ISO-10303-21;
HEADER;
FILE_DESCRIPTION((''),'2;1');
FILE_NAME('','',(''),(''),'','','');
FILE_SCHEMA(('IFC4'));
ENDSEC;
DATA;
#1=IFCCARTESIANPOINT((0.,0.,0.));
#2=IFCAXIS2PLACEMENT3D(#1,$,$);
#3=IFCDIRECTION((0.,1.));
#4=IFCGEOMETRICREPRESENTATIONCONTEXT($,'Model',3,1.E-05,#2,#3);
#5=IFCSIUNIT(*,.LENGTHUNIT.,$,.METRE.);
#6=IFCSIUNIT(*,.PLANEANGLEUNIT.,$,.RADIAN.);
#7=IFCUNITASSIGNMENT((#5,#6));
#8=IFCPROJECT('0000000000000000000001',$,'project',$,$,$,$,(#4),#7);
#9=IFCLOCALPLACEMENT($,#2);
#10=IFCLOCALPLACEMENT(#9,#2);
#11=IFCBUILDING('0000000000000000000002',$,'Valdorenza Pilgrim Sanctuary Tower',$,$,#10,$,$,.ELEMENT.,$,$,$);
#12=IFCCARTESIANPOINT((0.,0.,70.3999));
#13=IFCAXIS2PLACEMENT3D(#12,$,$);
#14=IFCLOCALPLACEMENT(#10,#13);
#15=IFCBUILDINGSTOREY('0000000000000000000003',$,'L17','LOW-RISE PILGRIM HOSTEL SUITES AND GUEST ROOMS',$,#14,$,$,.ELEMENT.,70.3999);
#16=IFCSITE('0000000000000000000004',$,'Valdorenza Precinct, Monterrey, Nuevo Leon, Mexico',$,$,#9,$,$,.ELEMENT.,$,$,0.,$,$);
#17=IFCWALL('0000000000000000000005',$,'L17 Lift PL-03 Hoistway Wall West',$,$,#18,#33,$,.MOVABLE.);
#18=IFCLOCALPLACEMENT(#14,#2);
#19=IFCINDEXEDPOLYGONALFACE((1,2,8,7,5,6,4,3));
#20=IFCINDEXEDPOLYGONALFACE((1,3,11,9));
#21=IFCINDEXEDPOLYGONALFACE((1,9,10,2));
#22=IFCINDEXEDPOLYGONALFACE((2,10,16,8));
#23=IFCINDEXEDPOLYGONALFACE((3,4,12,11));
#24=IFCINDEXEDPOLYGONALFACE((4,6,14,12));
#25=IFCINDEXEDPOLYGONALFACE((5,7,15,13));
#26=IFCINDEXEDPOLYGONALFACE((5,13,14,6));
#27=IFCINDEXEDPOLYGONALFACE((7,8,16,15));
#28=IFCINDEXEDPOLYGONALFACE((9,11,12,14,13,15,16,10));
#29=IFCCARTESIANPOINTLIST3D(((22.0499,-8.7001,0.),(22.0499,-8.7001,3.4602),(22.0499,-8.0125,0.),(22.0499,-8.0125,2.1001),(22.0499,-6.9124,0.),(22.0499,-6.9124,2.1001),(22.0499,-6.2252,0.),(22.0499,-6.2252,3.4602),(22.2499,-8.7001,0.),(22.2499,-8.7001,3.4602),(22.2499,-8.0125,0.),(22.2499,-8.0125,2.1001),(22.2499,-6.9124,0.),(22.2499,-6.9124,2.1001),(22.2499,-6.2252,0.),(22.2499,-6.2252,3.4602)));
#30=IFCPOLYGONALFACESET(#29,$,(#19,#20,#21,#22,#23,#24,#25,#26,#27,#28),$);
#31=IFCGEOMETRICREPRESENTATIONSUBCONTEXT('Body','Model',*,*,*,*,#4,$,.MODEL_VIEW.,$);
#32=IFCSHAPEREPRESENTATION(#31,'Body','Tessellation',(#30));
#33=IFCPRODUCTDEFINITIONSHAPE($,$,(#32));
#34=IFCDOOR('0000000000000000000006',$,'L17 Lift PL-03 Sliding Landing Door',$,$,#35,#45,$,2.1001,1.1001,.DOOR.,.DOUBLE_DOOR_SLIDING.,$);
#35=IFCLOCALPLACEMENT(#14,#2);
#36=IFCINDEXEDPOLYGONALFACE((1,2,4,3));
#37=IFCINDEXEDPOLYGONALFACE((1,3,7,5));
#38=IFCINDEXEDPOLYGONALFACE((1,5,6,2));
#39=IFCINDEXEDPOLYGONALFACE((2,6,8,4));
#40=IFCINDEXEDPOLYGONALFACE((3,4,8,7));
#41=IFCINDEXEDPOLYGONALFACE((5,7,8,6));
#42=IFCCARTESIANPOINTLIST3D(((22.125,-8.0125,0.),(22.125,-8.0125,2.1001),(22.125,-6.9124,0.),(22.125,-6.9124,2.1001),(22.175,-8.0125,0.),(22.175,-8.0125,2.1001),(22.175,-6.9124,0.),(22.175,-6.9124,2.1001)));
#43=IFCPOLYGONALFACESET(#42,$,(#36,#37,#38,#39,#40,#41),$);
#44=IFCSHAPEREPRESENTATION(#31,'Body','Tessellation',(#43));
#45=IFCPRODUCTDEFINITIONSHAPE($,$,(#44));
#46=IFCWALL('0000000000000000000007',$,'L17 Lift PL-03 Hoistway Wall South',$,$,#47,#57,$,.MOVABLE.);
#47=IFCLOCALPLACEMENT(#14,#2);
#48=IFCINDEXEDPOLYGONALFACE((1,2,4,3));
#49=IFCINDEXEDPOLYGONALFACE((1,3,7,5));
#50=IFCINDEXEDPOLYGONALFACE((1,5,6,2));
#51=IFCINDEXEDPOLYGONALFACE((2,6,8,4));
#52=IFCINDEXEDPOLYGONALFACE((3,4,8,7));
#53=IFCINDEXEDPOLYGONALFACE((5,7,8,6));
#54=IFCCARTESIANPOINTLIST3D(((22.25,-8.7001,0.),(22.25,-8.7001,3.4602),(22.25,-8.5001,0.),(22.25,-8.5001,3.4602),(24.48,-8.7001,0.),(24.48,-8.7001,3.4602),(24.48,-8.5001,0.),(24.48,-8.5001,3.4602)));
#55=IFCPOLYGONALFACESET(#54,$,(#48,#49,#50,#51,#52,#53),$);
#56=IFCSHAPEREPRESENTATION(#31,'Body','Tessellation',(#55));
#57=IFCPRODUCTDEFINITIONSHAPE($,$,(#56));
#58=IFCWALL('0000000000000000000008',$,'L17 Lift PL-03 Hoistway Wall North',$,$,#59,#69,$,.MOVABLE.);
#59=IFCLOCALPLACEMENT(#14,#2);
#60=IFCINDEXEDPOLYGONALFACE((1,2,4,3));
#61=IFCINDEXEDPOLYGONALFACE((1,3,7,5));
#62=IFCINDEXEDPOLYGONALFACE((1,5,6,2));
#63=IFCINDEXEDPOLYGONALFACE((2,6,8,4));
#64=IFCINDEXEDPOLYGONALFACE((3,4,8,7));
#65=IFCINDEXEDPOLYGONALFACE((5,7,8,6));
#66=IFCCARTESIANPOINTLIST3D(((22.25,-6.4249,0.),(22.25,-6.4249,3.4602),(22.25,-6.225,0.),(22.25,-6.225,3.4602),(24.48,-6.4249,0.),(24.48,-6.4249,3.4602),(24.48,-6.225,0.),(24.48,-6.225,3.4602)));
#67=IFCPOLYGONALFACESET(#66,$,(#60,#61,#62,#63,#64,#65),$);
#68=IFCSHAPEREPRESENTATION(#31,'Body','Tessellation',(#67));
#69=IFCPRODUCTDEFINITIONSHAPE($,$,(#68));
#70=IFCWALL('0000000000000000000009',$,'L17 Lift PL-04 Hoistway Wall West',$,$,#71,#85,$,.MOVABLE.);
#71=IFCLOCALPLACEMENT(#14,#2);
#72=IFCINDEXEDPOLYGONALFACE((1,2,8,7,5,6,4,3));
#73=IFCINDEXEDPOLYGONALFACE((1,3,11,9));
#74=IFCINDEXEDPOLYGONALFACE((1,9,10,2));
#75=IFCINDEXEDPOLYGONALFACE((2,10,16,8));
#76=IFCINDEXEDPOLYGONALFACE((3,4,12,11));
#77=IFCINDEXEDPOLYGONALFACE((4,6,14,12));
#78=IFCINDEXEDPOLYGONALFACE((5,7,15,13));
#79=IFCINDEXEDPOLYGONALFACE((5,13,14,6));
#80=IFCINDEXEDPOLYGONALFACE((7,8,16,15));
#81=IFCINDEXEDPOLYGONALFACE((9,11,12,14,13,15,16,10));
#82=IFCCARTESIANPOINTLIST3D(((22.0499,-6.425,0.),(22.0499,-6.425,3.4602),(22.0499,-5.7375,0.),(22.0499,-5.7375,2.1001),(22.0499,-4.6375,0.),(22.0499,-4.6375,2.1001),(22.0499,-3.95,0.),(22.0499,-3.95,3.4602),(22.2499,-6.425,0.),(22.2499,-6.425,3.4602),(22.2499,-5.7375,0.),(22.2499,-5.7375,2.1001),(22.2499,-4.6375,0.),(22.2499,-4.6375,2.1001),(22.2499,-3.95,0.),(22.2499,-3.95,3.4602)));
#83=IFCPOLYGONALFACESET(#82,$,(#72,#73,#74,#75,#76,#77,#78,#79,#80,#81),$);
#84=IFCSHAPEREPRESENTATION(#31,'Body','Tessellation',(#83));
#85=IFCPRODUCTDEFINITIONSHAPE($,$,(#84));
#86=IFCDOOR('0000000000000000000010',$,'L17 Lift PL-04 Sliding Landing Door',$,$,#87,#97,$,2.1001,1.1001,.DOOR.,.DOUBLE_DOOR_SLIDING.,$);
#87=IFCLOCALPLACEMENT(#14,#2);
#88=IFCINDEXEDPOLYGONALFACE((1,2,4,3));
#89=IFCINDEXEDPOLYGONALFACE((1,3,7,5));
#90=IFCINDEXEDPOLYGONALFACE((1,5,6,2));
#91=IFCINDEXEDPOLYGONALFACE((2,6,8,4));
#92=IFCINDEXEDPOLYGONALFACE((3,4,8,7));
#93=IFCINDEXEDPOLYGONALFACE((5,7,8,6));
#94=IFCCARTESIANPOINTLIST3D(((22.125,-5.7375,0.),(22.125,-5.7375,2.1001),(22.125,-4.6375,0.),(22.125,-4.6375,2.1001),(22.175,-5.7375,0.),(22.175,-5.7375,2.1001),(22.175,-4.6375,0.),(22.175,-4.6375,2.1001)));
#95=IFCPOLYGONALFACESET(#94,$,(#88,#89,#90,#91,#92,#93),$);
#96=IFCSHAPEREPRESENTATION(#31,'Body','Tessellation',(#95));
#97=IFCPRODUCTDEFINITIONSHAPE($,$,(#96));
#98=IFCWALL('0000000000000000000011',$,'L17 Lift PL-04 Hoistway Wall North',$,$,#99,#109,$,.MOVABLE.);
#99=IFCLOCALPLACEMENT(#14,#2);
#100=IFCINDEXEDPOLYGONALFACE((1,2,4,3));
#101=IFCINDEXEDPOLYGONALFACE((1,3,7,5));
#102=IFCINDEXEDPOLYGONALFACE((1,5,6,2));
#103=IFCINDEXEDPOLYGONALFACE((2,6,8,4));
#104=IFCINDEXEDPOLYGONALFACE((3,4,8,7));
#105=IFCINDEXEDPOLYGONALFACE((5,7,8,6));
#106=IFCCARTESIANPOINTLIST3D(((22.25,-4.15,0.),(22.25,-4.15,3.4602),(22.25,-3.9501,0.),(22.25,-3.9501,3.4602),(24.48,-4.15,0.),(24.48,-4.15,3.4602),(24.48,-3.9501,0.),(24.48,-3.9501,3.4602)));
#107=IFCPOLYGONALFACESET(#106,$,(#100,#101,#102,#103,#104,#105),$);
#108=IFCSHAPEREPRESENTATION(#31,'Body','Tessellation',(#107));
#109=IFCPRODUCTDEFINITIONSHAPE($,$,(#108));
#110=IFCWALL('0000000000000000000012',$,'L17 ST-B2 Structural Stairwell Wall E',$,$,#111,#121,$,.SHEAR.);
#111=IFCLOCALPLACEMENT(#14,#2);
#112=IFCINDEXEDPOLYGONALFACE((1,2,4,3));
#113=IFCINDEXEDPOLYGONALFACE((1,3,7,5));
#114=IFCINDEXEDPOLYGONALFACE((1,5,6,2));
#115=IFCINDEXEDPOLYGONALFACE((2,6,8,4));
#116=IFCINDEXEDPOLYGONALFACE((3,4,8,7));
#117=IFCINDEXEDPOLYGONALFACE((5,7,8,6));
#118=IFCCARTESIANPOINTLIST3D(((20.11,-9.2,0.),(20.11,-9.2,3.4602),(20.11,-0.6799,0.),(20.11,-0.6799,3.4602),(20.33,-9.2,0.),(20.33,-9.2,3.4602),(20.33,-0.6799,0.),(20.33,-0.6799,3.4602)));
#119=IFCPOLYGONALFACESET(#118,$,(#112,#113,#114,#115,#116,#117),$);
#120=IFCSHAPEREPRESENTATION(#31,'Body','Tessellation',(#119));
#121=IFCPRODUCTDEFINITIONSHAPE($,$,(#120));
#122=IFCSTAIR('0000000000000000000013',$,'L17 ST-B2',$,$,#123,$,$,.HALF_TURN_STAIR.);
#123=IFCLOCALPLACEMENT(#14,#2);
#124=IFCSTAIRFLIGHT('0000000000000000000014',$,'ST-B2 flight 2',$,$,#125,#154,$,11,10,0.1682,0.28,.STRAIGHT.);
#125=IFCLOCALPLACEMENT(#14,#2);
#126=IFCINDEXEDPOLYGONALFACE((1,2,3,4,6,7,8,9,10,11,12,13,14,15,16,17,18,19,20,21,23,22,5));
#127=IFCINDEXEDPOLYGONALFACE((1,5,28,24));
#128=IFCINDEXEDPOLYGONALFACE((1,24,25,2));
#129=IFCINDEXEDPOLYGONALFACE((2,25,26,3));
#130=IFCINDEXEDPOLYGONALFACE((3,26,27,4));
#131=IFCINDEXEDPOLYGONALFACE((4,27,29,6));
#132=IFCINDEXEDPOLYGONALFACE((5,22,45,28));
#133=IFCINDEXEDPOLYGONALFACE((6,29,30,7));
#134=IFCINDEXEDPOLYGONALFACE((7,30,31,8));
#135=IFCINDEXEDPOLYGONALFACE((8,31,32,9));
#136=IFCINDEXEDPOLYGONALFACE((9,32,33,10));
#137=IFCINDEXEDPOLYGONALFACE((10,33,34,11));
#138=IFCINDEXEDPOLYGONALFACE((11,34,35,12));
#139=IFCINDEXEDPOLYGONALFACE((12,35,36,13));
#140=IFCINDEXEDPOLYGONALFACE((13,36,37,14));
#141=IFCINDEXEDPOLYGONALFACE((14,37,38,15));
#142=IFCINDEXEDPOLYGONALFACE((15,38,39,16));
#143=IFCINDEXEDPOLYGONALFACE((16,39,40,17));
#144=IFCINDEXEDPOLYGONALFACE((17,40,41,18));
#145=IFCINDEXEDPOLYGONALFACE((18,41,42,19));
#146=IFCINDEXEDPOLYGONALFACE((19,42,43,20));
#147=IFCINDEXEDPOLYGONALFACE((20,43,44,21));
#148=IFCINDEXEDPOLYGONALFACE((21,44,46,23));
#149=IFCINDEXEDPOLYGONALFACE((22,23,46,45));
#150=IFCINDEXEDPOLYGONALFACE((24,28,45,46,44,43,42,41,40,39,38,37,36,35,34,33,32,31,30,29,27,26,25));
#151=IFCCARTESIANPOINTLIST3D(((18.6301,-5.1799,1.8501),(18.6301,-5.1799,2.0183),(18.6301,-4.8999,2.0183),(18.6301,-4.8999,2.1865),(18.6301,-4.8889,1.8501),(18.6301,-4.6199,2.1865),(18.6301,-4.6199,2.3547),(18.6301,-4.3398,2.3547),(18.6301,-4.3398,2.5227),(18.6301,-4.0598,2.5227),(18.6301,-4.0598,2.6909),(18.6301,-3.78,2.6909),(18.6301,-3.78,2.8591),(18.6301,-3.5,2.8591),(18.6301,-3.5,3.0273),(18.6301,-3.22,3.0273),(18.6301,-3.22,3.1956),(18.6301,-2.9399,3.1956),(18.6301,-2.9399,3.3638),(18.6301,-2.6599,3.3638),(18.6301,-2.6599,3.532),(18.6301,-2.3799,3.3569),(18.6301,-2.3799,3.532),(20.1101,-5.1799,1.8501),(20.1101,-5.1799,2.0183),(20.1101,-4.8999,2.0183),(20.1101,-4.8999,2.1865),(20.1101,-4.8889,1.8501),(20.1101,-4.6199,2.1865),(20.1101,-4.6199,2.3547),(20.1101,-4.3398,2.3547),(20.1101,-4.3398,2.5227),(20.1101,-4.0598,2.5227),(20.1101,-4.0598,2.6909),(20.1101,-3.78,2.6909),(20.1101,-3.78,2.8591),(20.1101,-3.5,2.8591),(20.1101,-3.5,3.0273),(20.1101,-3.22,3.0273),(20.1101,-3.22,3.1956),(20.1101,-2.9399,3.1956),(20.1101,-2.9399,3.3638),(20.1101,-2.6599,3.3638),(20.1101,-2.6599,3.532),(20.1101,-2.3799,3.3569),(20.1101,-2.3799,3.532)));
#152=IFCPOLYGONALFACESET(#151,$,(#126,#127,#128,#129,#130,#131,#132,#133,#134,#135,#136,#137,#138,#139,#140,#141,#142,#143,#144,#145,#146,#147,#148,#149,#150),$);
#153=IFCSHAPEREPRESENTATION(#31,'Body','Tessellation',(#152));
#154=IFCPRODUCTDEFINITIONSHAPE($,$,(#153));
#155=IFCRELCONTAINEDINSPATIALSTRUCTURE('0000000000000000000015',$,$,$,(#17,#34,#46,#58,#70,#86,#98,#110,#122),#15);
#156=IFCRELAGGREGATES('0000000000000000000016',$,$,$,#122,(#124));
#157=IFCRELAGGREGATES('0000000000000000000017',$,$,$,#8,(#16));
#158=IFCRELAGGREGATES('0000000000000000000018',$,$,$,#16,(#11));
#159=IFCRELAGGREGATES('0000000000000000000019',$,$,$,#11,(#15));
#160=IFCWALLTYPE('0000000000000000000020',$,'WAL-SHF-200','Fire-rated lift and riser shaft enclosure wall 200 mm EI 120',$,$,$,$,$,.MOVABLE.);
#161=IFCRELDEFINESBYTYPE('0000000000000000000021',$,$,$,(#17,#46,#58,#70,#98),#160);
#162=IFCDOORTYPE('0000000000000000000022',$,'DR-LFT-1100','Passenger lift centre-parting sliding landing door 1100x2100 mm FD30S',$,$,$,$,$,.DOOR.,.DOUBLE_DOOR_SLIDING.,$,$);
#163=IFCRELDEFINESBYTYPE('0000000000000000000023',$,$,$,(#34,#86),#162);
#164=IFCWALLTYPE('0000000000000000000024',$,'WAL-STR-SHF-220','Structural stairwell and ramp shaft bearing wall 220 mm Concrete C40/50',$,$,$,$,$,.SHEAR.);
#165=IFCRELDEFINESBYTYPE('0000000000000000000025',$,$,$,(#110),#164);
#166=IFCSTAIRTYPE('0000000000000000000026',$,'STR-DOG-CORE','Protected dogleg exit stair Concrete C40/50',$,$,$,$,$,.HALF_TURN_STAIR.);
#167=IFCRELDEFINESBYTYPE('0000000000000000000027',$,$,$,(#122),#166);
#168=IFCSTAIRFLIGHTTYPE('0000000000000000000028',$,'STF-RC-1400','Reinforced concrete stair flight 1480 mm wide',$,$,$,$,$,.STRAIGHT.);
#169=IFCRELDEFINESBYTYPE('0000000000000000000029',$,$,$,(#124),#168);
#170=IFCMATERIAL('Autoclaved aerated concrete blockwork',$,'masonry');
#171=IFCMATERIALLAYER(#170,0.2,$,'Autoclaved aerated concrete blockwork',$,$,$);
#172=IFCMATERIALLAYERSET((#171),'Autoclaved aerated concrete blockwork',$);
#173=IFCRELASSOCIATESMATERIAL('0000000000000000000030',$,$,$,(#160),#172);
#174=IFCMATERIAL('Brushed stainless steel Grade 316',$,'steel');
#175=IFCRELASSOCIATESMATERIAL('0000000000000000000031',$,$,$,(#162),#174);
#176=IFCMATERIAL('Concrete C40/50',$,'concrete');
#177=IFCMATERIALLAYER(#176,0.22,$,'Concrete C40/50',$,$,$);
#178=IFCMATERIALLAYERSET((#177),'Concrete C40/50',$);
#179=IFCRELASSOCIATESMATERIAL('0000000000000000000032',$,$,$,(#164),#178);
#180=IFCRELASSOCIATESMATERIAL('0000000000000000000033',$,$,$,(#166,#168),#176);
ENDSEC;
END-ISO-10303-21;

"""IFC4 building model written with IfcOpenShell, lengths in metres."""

from ifc_helpers import new_model, si_unit, direction, frame, frame_2d, origin, place, context, subcontext, project, spatial, polyline, rectangle, outline, extrude, material, layer, layer_set, type_object, element, fill, aggregate, save


model = new_model("IFC4")

# Units and contexts
model_context = context("Model", 3, precision=1e-05, world=origin(), true_north=direction((0.0, 1.0)))
body_context = subcontext(model_context, "Body", "Model", "MODEL_VIEW")
ifc_project = project(units=[si_unit("LENGTHUNIT", "METRE"), si_unit("PLANEANGLEUNIT", "RADIAN")], contexts=[model_context])

# Site, building, storey
site_placement = place(None, origin())
site = spatial("IfcSite", under=ifc_project, at=site_placement, Name="Valdorenza Precinct, Monterrey, Nuevo Leon, Mexico", CompositionType="ELEMENT", RefElevation=0.0)
building_placement = place(site_placement, origin())
building = spatial("IfcBuilding", under=site, at=building_placement, Name="Valdorenza Pilgrim Sanctuary Tower", CompositionType="ELEMENT")
storey_placement = place(building_placement, frame((0.0, 0.0, 70.3999)))
storey = spatial("IfcBuildingStorey", under=building, at=storey_placement, Name="L17", Description="LOW-RISE PILGRIM HOSTEL SUITES AND GUEST ROOMS", CompositionType="ELEMENT", Elevation=70.3999)

# Wall, opening, door
ifc_material_1 = material(Name="Autoclaved aerated concrete blockwork", Category="masonry")
ifc_layer_1 = layer(ifc_material_1, 0.2, Name="Autoclaved aerated concrete blockwork")
ifc_layer_set_1 = layer_set([ifc_layer_1], Name="Autoclaved aerated concrete blockwork")
wall_type_1 = type_object("IfcWallType", Name="WAL-SHF-200", Description="Fire-rated lift and riser shaft enclosure wall 200 mm EI 120", PredefinedType="MOVABLE", material=ifc_layer_set_1)
wall_1_placement = place(storey_placement, frame((22.1499, -8.7, 0.0), z_axis=(0.0, 0.0, 1.0), x_axis=(0.0, 1.0, 0.0)))
wall_1 = element("IfcWall", 1, at=wall_1_placement, inside=storey, type_object=wall_type_1, Name="L17 Lift PL-03 Hoistway Wall West", PredefinedType="MOVABLE", context=body_context, shape_type="SweptSolid", body=[
    extrude(rectangle(XDim=2.4749, YDim=0.2, at=frame_2d((1.2373, 0.0))), origin(), (0.0, 0.0, 1.0), 3.4602),
])
opening_1_placement = place(wall_1_placement, frame((0.6875, 0.0, 0.0)))
opening_1 = element("IfcOpeningElement", 2, at=opening_1_placement, cuts=wall_1, PredefinedType="OPENING", context=body_context, shape_type="SweptSolid", body=[
    extrude(rectangle(XDim=1.1001, YDim=2.1001, at=frame_2d((0.55, 1.05))), frame((0.0, 0.1147, 0.0), z_axis=(0.0, -1.0, 0.0), x_axis=(1.0, 0.0, 0.0)), (0.0, 0.0, 1.0), 0.2297),
])
ifc_material_2 = material(Name="Brushed stainless steel Grade 316", Category="steel")
door_type = type_object("IfcDoorType", Name="DR-LFT-1100", Description="Passenger lift centre-parting sliding landing door 1100x2100 mm FD30S", OperationType="DOUBLE_DOOR_SLIDING", PredefinedType="DOOR", material=ifc_material_2)
door_1_placement = place(opening_1_placement, origin())
door_1 = element("IfcDoor", 3, at=door_1_placement, inside=storey, type_object=door_type, Name="L17 Lift PL-03 Sliding Landing Door", OperationType="DOUBLE_DOOR_SLIDING", OverallHeight=2.1001, OverallWidth=1.1001, PredefinedType="DOOR", context=body_context, shape_type="SweptSolid", body=[
    extrude(rectangle(XDim=1.1001, YDim=2.1001, at=frame_2d((0.55, 1.05))), frame((0.0, 0.0249, 0.0), z_axis=(0.0, -1.0, 0.0), x_axis=(1.0, 0.0, 0.0)), (0.0, 0.0, 1.0), 0.05),
])
fill(opening_1, door_1)

# Walls
for number, where, z_axis, x_axis, name in (
    (4, (22.25, -8.6001, 0.0), (0.0, 0.0, 1.0), (1.0, 0.0, 0.0), "L17 Lift PL-03 Hoistway Wall South"),
    (5, (22.25, -6.325, 0.0), (0.0, 0.0, 1.0), (1.0, 0.0, 0.0), "L17 Lift PL-03 Hoistway Wall North"),
):
    element("IfcWall", number, at=place(storey_placement, frame(where, z_axis=z_axis, x_axis=x_axis)), inside=storey, type_object=wall_type_1, Name=name, PredefinedType="MOVABLE", context=body_context, shape_type="SweptSolid", body=[
        extrude(rectangle(XDim=2.23, YDim=0.2, at=frame_2d((1.115, 0.0))), origin(), (0.0, 0.0, 1.0), 3.4602),
    ])

# Wall, opening, door
wall_2_placement = place(storey_placement, frame((22.1499, -6.425, 0.0), z_axis=(0.0, 0.0, 1.0), x_axis=(0.0, 1.0, 0.0)))
wall_2 = element("IfcWall", 6, at=wall_2_placement, inside=storey, type_object=wall_type_1, Name="L17 Lift PL-04 Hoistway Wall West", PredefinedType="MOVABLE", context=body_context, shape_type="SweptSolid", body=[
    extrude(rectangle(XDim=2.4751, YDim=0.2, at=frame_2d((1.2375, 0.0))), origin(), (0.0, 0.0, 1.0), 3.4602),
])
opening_2_placement = place(wall_2_placement, frame((0.6875, 0.0, 0.0)))
opening_2 = element("IfcOpeningElement", 7, at=opening_2_placement, cuts=wall_2, PredefinedType="OPENING", context=body_context, shape_type="SweptSolid", body=[
    extrude(rectangle(XDim=1.1001, YDim=2.1001, at=frame_2d((0.55, 1.05))), frame((0.0, 0.1147, 0.0), z_axis=(0.0, -1.0, 0.0), x_axis=(1.0, 0.0, 0.0)), (0.0, 0.0, 1.0), 0.2297),
])
door_2_placement = place(opening_2_placement, origin())
door_2 = element("IfcDoor", 8, at=door_2_placement, inside=storey, type_object=door_type, Name="L17 Lift PL-04 Sliding Landing Door", OperationType="DOUBLE_DOOR_SLIDING", OverallHeight=2.1001, OverallWidth=1.1001, PredefinedType="DOOR", context=body_context, shape_type="SweptSolid", body=[
    extrude(rectangle(XDim=1.1001, YDim=2.1001, at=frame_2d((0.55, 1.05))), frame((0.0, 0.0249, 0.0), z_axis=(0.0, -1.0, 0.0), x_axis=(1.0, 0.0, 0.0)), (0.0, 0.0, 1.0), 0.05),
])
fill(opening_2, door_2)

# Walls
wall_3_placement = place(storey_placement, frame((22.25, -4.05, 0.0), z_axis=(0.0, 0.0, 1.0), x_axis=(1.0, 0.0, 0.0)))
element("IfcWall", 9, at=wall_3_placement, inside=storey, type_object=wall_type_1, Name="L17 Lift PL-04 Hoistway Wall North", PredefinedType="MOVABLE", context=body_context, shape_type="SweptSolid", body=[
    extrude(rectangle(XDim=2.23, YDim=0.2, at=frame_2d((1.115, 0.0))), origin(), (0.0, 0.0, 1.0), 3.4602),
])
ifc_material_3 = material(Name="Concrete C40/50", Category="concrete")
ifc_layer_2 = layer(ifc_material_3, 0.22, Name="Concrete C40/50")
ifc_layer_set_2 = layer_set([ifc_layer_2], Name="Concrete C40/50")
wall_type_2 = type_object("IfcWallType", Name="WAL-STR-SHF-220", Description="Structural stairwell and ramp shaft bearing wall 220 mm Concrete C40/50", PredefinedType="SHEAR", material=ifc_layer_set_2)
wall_4_placement = place(storey_placement, frame((20.22, -9.2, 0.0), z_axis=(0.0, 0.0, 1.0), x_axis=(0.0, 1.0, 0.0)))
element("IfcWall", 10, at=wall_4_placement, inside=storey, type_object=wall_type_2, Name="L17 ST-B2 Structural Stairwell Wall E", PredefinedType="SHEAR", context=body_context, shape_type="SweptSolid", body=[
    extrude(rectangle(XDim=8.52, YDim=0.22, at=frame_2d((4.26, 0.0))), origin(), (0.0, 0.0, 1.0), 3.4602),
])

# Stair, stair flight
stair_type = type_object("IfcStairType", Name="STR-DOG-CORE", Description="Protected dogleg exit stair Concrete C40/50", PredefinedType="HALF_TURN_STAIR", material=ifc_material_3)
stair_placement = place(storey_placement, origin())
stair = element("IfcStair", 11, at=stair_placement, inside=storey, type_object=stair_type, Name="L17 ST-B2", PredefinedType="HALF_TURN_STAIR")
stair_flight_type = type_object("IfcStairFlightType", Name="STF-RC-1400", Description="Reinforced concrete stair flight 1480 mm wide", PredefinedType="STRAIGHT", material=ifc_material_3)
stair_flight_placement = place(storey_placement, frame((19.3701, -5.1799, 1.8501), z_axis=(0.0, 0.0, 1.0), x_axis=(0.0, 1.0, 0.0)))
stair_flight = element("IfcStairFlight", 12, at=stair_flight_placement, type_object=stair_flight_type, Name="ST-B2 flight 2", NumberOfRisers=11, NumberOfTreads=10, PredefinedType="STRAIGHT", RiserHeight=0.1682, TreadLength=0.28, context=body_context, shape_type="SweptSolid", body=[
    extrude(outline(polyline([(0.0, 0.0), (0.0, 0.1682), (0.28, 0.1682), (0.28, 0.3364), (0.5601, 0.3364), (0.5601, 0.5046), (0.8401, 0.5046), (0.8401, 0.6726), (1.1201, 0.6726), (1.1201, 0.8408), (1.3999, 0.8408), (1.3999, 1.009), (1.6799, 1.009), (1.6799, 1.1772), (1.96, 1.1772), (1.96, 1.3455), (2.24, 1.3455), (2.24, 1.5137), (2.52, 1.5137), (2.52, 1.6819), (2.8, 1.6819), (2.8, 1.8501), (2.8, 1.5068), (0.291, 0.0), (0.0, 0.0)])), frame((0.0, 0.74, 0.0), z_axis=(0.0, -1.0, 0.0), x_axis=(1.0, 0.0, 0.0)), (0.0, 0.0, 1.0), 1.48),
])
aggregate(stair, [stair_flight])

save(model, "model.ifc")
